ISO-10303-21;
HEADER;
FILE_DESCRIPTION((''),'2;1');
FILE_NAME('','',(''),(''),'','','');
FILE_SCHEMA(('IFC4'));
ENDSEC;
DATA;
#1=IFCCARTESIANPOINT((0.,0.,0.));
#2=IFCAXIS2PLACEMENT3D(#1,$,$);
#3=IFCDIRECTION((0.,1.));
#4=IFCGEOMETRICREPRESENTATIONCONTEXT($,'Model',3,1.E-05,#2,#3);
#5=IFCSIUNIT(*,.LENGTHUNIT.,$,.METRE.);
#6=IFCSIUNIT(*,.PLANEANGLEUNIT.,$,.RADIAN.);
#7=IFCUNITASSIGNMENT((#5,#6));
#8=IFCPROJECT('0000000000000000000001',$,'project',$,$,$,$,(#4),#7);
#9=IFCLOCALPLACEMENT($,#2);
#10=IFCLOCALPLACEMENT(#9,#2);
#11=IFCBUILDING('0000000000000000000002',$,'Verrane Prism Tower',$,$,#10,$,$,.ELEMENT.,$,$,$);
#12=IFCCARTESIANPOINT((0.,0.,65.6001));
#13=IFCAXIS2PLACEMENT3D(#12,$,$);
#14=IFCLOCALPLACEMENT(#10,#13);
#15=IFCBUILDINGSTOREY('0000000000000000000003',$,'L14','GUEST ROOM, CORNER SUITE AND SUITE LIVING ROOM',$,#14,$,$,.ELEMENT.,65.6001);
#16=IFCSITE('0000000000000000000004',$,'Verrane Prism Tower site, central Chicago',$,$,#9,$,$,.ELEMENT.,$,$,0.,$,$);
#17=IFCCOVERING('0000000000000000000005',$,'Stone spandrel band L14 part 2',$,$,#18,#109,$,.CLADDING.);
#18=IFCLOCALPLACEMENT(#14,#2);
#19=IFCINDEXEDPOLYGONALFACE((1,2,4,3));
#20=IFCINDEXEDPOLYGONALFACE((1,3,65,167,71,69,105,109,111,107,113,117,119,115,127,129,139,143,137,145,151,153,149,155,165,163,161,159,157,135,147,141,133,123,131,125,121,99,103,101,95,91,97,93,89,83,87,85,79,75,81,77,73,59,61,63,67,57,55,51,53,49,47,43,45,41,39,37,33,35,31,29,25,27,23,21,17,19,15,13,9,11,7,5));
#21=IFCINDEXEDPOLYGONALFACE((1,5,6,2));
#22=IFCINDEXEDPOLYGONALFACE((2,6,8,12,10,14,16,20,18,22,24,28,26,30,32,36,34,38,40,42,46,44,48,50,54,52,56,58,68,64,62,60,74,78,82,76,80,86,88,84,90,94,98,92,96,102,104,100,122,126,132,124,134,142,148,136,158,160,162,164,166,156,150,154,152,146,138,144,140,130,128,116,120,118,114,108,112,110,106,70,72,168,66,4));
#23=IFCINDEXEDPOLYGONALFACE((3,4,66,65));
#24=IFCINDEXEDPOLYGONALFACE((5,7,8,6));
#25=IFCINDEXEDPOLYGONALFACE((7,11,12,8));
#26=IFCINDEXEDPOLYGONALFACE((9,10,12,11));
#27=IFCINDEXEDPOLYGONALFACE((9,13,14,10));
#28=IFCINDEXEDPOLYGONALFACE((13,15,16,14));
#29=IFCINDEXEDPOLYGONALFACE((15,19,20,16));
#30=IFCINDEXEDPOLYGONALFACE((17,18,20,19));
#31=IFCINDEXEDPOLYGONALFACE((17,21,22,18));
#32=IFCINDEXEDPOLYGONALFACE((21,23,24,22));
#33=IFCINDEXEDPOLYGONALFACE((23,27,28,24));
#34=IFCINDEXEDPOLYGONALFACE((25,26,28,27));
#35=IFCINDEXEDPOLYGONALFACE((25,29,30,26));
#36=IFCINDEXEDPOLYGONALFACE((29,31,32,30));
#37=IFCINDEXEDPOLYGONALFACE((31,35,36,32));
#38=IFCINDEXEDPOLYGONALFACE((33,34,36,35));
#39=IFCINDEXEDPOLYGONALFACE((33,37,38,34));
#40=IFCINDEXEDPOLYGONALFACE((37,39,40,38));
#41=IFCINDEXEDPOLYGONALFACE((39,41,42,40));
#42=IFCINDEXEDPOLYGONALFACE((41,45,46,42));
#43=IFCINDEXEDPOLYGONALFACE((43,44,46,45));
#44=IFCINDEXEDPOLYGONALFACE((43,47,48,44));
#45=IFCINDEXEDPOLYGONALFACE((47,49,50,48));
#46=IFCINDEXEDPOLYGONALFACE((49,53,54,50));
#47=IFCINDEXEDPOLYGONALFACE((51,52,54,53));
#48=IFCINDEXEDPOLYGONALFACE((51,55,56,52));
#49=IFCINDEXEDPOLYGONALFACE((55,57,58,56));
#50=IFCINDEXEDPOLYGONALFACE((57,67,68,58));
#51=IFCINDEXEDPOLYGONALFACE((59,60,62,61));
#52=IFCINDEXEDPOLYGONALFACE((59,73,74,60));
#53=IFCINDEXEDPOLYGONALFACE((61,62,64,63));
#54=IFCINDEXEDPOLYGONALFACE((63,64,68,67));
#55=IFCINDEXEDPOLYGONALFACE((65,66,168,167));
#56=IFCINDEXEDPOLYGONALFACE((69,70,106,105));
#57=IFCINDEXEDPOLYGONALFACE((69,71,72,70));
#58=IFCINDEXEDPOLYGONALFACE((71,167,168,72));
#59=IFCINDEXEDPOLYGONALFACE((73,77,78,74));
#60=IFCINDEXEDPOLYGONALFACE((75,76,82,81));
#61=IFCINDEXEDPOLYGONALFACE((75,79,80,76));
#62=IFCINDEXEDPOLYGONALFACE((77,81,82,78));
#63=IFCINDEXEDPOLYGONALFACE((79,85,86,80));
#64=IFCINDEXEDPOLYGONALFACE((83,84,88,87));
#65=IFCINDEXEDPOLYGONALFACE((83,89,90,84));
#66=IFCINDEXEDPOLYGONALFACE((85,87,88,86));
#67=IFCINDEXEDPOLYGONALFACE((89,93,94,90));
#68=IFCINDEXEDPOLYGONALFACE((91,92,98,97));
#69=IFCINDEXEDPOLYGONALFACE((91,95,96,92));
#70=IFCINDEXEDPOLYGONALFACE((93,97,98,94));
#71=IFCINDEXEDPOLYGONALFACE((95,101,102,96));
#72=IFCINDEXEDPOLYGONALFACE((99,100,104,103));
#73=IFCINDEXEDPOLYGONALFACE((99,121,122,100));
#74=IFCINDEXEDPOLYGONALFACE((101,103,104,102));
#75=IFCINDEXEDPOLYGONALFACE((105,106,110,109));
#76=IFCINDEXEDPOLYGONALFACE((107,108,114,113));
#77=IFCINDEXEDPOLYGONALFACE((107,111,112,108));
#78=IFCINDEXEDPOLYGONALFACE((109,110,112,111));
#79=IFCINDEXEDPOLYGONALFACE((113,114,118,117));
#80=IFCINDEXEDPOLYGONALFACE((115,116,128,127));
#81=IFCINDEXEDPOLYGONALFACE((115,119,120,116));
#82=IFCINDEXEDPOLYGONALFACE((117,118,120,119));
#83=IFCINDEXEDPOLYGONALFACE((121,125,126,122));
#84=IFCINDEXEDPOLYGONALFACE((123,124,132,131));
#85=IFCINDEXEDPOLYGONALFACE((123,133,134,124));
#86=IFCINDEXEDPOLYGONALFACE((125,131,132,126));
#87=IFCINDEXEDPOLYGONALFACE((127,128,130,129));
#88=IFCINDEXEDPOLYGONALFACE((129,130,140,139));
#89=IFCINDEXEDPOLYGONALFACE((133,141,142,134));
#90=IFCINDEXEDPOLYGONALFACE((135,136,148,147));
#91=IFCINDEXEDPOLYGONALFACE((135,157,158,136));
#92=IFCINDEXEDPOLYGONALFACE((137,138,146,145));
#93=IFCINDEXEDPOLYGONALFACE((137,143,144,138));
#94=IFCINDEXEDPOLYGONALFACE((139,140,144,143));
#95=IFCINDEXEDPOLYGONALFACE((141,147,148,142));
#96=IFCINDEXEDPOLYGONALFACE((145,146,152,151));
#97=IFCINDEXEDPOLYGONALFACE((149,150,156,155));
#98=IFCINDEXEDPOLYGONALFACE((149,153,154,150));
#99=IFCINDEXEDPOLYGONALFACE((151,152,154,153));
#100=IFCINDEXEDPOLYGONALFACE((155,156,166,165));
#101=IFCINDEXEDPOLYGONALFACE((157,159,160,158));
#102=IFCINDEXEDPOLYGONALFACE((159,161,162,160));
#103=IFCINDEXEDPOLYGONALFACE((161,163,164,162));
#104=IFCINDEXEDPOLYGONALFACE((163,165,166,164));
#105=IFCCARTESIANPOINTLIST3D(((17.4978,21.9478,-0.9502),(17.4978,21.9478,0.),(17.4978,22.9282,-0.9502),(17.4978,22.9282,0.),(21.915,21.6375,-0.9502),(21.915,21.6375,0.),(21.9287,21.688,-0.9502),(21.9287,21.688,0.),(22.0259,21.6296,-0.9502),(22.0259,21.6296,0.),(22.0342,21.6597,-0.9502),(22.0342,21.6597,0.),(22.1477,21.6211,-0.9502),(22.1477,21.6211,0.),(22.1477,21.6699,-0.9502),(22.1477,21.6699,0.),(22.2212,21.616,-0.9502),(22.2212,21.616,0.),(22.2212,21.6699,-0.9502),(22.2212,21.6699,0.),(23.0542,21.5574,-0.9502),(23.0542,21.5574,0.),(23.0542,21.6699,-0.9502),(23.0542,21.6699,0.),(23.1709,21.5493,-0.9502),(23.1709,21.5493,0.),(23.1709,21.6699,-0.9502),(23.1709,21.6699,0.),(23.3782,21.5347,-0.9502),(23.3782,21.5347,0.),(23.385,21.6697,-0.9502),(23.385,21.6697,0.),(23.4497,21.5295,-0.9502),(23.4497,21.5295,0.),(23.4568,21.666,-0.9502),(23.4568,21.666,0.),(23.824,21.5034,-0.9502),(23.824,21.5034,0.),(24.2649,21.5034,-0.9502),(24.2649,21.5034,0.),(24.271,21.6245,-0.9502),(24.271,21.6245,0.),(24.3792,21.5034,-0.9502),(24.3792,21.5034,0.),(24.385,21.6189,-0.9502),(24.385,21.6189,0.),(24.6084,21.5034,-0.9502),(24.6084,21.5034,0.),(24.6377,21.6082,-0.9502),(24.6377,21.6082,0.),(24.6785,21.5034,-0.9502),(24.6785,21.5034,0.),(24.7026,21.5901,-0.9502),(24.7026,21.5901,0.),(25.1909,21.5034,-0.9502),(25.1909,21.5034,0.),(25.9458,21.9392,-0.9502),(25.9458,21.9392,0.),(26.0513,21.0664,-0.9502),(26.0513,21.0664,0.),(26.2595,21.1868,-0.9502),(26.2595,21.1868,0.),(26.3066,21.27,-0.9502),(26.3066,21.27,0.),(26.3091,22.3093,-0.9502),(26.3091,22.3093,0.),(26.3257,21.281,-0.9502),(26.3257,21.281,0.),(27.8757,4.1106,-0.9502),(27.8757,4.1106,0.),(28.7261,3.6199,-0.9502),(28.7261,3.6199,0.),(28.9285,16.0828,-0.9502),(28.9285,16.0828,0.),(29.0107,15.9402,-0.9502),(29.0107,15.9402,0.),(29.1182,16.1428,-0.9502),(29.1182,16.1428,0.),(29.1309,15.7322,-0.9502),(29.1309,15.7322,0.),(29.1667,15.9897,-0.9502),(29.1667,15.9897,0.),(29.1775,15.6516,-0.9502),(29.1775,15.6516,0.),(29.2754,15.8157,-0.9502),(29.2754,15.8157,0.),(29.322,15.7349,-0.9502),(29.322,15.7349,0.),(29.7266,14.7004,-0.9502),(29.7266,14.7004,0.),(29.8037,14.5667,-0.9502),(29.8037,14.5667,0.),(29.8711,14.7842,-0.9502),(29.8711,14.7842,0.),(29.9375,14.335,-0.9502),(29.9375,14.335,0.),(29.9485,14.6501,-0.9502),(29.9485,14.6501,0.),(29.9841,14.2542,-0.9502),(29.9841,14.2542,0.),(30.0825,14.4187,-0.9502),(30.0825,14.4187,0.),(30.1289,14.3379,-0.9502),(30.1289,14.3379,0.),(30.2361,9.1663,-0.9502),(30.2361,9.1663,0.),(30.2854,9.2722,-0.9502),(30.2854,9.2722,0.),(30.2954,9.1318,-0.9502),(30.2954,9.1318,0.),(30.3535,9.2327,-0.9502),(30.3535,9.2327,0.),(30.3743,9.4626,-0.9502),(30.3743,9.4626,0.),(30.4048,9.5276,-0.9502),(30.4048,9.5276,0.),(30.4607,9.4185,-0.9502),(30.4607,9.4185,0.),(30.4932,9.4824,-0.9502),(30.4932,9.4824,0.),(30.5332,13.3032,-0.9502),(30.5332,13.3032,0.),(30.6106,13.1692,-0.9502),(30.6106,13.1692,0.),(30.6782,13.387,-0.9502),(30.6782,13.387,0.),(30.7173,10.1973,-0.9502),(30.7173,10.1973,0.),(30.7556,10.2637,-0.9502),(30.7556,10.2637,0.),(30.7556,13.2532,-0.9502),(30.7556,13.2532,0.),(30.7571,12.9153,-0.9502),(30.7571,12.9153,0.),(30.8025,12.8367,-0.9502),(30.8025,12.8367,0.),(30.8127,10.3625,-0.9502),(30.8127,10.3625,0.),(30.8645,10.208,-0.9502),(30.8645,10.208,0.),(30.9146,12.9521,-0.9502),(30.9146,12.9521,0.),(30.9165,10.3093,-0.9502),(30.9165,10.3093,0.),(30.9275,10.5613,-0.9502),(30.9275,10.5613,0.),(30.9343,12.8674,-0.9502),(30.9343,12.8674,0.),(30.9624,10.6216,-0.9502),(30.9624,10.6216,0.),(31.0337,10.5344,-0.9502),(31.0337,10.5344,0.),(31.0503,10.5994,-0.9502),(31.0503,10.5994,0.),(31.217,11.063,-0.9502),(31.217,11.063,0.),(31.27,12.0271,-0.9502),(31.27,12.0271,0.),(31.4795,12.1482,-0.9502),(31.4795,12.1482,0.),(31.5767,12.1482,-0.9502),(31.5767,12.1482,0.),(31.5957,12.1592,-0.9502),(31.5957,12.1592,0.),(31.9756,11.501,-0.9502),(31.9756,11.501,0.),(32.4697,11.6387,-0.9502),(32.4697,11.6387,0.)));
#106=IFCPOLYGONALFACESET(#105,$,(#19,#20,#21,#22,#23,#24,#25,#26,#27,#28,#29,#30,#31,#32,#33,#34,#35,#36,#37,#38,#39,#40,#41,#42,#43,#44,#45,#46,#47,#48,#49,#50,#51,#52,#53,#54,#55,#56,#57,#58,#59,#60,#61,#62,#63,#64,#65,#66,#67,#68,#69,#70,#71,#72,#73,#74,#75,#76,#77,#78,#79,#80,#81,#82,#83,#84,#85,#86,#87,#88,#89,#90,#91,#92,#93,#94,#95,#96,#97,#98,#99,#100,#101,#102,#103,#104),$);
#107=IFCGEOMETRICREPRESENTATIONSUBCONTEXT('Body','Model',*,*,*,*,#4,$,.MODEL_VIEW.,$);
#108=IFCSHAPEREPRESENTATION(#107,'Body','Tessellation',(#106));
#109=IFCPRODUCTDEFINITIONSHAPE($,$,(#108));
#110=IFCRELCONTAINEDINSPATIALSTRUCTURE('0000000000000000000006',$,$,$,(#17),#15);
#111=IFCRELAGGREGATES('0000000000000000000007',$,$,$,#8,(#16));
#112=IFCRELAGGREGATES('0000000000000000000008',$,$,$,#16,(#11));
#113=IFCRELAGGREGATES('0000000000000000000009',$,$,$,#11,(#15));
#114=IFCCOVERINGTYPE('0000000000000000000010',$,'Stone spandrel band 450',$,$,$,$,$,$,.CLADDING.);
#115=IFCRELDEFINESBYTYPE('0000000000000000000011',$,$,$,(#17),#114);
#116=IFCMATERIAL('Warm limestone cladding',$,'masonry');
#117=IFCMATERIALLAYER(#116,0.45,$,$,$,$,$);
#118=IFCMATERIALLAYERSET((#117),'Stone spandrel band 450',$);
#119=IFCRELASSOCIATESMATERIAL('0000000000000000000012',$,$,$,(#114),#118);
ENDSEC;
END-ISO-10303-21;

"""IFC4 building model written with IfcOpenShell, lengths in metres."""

from ifc_helpers import new_model, si_unit, direction, frame, origin, place, context, subcontext, project, spatial, polyline, outline, extrude, material, layer, layer_set, type_object, element, save


model = new_model("IFC4")

# Units and contexts
model_context = context("Model", 3, precision=1e-05, world=origin(), true_north=direction((0.0, 1.0)))
body_context = subcontext(model_context, "Body", "Model", "MODEL_VIEW")
ifc_project = project(units=[si_unit("LENGTHUNIT", "METRE"), si_unit("PLANEANGLEUNIT", "RADIAN")], contexts=[model_context])

# Site, building, storey
site_placement = place(None, origin())
site = spatial("IfcSite", under=ifc_project, at=site_placement, Name="Verrane Prism Tower site, central Chicago", CompositionType="ELEMENT", RefElevation=0.0)
building_placement = place(site_placement, origin())
building = spatial("IfcBuilding", under=site, at=building_placement, Name="Verrane Prism Tower", CompositionType="ELEMENT")
storey_placement = place(building_placement, frame((0.0, 0.0, 65.6001)))
storey = spatial("IfcBuildingStorey", under=building, at=storey_placement, Name="L14", Description="GUEST ROOM, CORNER SUITE AND SUITE LIVING ROOM", CompositionType="ELEMENT", Elevation=65.6001)

# Covering
ifc_material_1 = material(Name="Warm limestone cladding", Category="masonry")
ifc_layer_1 = layer(ifc_material_1, 0.45)
ifc_layer_set_1 = layer_set([ifc_layer_1], Name="Stone spandrel band 450")
covering_type_1 = type_object("IfcCoveringType", Name="Stone spandrel band 450", PredefinedType="CLADDING", material=ifc_layer_set_1)
covering_1_placement = place(storey_placement, frame((0.0, 0.0, -0.9502)))
element("IfcCovering", 1, at=covering_1_placement, inside=storey, type_object=covering_type_1, Name="Stone spandrel band L14 part 2", PredefinedType="CLADDING", context=body_context, shape_type="SweptSolid", body=[
    extrude(outline(polyline([(17.4978, 21.9478), (21.915, 21.6375), (21.9287, 21.688), (22.0342, 21.6597), (22.0259, 21.6296), (22.1477, 21.6211), (22.1477, 21.6699), (22.2212, 21.6699), (22.2212, 21.616), (23.0542, 21.5574), (23.0542, 21.6699), (23.1709, 21.6699), (23.1709, 21.5493), (23.3782, 21.5347), (23.385, 21.6697), (23.4568, 21.666), (23.4497, 21.5295), (23.824, 21.5034), (24.2649, 21.5034), (24.271, 21.6245), (24.385, 21.6189), (24.3792, 21.5034), (24.6084, 21.5034), (24.6377, 21.6082), (24.7026, 21.5901), (24.6785, 21.5034), (25.1909, 21.5034), (25.9458, 21.9392), (26.3257, 21.281), (26.3066, 21.27), (26.2595, 21.1868), (26.0513, 21.0664), (28.9285, 16.0828), (29.1182, 16.1428), (29.1667, 15.9897), (29.0107, 15.9402), (29.1309, 15.7322), (29.2754, 15.8157), (29.322, 15.7349), (29.1775, 15.6516), (29.7266, 14.7004), (29.8711, 14.7842), (29.9485, 14.6501), (29.8037, 14.5667), (29.9375, 14.335), (30.0825, 14.4187), (30.1289, 14.3379), (29.9841, 14.2542), (30.5332, 13.3032), (30.6782, 13.387), (30.7556, 13.2532), (30.6106, 13.1692), (30.7571, 12.9153), (30.9146, 12.9521), (30.9343, 12.8674), (30.8025, 12.8367), (31.27, 12.0271), (31.4795, 12.1482), (31.5767, 12.1482), (31.5957, 12.1592), (31.9756, 11.501), (31.217, 11.063), (30.9624, 10.6216), (31.0503, 10.5994), (31.0337, 10.5344), (30.9275, 10.5613), (30.8127, 10.3625), (30.9165, 10.3093), (30.8645, 10.208), (30.7556, 10.2637), (30.7173, 10.1973), (30.4048, 9.5276), (30.4932, 9.4824), (30.4607, 9.4185), (30.3743, 9.4626), (30.2854, 9.2722), (30.3535, 9.2327), (30.2954, 9.1318), (30.2361, 9.1663), (27.8757, 4.1106), (28.7261, 3.6199), (32.4697, 11.6387), (26.3091, 22.3093), (17.4978, 22.9282), (17.4978, 21.9478)])), origin(), (0.0, 0.0, 1.0), 0.9502),
])

save(model, "model.ifc")
